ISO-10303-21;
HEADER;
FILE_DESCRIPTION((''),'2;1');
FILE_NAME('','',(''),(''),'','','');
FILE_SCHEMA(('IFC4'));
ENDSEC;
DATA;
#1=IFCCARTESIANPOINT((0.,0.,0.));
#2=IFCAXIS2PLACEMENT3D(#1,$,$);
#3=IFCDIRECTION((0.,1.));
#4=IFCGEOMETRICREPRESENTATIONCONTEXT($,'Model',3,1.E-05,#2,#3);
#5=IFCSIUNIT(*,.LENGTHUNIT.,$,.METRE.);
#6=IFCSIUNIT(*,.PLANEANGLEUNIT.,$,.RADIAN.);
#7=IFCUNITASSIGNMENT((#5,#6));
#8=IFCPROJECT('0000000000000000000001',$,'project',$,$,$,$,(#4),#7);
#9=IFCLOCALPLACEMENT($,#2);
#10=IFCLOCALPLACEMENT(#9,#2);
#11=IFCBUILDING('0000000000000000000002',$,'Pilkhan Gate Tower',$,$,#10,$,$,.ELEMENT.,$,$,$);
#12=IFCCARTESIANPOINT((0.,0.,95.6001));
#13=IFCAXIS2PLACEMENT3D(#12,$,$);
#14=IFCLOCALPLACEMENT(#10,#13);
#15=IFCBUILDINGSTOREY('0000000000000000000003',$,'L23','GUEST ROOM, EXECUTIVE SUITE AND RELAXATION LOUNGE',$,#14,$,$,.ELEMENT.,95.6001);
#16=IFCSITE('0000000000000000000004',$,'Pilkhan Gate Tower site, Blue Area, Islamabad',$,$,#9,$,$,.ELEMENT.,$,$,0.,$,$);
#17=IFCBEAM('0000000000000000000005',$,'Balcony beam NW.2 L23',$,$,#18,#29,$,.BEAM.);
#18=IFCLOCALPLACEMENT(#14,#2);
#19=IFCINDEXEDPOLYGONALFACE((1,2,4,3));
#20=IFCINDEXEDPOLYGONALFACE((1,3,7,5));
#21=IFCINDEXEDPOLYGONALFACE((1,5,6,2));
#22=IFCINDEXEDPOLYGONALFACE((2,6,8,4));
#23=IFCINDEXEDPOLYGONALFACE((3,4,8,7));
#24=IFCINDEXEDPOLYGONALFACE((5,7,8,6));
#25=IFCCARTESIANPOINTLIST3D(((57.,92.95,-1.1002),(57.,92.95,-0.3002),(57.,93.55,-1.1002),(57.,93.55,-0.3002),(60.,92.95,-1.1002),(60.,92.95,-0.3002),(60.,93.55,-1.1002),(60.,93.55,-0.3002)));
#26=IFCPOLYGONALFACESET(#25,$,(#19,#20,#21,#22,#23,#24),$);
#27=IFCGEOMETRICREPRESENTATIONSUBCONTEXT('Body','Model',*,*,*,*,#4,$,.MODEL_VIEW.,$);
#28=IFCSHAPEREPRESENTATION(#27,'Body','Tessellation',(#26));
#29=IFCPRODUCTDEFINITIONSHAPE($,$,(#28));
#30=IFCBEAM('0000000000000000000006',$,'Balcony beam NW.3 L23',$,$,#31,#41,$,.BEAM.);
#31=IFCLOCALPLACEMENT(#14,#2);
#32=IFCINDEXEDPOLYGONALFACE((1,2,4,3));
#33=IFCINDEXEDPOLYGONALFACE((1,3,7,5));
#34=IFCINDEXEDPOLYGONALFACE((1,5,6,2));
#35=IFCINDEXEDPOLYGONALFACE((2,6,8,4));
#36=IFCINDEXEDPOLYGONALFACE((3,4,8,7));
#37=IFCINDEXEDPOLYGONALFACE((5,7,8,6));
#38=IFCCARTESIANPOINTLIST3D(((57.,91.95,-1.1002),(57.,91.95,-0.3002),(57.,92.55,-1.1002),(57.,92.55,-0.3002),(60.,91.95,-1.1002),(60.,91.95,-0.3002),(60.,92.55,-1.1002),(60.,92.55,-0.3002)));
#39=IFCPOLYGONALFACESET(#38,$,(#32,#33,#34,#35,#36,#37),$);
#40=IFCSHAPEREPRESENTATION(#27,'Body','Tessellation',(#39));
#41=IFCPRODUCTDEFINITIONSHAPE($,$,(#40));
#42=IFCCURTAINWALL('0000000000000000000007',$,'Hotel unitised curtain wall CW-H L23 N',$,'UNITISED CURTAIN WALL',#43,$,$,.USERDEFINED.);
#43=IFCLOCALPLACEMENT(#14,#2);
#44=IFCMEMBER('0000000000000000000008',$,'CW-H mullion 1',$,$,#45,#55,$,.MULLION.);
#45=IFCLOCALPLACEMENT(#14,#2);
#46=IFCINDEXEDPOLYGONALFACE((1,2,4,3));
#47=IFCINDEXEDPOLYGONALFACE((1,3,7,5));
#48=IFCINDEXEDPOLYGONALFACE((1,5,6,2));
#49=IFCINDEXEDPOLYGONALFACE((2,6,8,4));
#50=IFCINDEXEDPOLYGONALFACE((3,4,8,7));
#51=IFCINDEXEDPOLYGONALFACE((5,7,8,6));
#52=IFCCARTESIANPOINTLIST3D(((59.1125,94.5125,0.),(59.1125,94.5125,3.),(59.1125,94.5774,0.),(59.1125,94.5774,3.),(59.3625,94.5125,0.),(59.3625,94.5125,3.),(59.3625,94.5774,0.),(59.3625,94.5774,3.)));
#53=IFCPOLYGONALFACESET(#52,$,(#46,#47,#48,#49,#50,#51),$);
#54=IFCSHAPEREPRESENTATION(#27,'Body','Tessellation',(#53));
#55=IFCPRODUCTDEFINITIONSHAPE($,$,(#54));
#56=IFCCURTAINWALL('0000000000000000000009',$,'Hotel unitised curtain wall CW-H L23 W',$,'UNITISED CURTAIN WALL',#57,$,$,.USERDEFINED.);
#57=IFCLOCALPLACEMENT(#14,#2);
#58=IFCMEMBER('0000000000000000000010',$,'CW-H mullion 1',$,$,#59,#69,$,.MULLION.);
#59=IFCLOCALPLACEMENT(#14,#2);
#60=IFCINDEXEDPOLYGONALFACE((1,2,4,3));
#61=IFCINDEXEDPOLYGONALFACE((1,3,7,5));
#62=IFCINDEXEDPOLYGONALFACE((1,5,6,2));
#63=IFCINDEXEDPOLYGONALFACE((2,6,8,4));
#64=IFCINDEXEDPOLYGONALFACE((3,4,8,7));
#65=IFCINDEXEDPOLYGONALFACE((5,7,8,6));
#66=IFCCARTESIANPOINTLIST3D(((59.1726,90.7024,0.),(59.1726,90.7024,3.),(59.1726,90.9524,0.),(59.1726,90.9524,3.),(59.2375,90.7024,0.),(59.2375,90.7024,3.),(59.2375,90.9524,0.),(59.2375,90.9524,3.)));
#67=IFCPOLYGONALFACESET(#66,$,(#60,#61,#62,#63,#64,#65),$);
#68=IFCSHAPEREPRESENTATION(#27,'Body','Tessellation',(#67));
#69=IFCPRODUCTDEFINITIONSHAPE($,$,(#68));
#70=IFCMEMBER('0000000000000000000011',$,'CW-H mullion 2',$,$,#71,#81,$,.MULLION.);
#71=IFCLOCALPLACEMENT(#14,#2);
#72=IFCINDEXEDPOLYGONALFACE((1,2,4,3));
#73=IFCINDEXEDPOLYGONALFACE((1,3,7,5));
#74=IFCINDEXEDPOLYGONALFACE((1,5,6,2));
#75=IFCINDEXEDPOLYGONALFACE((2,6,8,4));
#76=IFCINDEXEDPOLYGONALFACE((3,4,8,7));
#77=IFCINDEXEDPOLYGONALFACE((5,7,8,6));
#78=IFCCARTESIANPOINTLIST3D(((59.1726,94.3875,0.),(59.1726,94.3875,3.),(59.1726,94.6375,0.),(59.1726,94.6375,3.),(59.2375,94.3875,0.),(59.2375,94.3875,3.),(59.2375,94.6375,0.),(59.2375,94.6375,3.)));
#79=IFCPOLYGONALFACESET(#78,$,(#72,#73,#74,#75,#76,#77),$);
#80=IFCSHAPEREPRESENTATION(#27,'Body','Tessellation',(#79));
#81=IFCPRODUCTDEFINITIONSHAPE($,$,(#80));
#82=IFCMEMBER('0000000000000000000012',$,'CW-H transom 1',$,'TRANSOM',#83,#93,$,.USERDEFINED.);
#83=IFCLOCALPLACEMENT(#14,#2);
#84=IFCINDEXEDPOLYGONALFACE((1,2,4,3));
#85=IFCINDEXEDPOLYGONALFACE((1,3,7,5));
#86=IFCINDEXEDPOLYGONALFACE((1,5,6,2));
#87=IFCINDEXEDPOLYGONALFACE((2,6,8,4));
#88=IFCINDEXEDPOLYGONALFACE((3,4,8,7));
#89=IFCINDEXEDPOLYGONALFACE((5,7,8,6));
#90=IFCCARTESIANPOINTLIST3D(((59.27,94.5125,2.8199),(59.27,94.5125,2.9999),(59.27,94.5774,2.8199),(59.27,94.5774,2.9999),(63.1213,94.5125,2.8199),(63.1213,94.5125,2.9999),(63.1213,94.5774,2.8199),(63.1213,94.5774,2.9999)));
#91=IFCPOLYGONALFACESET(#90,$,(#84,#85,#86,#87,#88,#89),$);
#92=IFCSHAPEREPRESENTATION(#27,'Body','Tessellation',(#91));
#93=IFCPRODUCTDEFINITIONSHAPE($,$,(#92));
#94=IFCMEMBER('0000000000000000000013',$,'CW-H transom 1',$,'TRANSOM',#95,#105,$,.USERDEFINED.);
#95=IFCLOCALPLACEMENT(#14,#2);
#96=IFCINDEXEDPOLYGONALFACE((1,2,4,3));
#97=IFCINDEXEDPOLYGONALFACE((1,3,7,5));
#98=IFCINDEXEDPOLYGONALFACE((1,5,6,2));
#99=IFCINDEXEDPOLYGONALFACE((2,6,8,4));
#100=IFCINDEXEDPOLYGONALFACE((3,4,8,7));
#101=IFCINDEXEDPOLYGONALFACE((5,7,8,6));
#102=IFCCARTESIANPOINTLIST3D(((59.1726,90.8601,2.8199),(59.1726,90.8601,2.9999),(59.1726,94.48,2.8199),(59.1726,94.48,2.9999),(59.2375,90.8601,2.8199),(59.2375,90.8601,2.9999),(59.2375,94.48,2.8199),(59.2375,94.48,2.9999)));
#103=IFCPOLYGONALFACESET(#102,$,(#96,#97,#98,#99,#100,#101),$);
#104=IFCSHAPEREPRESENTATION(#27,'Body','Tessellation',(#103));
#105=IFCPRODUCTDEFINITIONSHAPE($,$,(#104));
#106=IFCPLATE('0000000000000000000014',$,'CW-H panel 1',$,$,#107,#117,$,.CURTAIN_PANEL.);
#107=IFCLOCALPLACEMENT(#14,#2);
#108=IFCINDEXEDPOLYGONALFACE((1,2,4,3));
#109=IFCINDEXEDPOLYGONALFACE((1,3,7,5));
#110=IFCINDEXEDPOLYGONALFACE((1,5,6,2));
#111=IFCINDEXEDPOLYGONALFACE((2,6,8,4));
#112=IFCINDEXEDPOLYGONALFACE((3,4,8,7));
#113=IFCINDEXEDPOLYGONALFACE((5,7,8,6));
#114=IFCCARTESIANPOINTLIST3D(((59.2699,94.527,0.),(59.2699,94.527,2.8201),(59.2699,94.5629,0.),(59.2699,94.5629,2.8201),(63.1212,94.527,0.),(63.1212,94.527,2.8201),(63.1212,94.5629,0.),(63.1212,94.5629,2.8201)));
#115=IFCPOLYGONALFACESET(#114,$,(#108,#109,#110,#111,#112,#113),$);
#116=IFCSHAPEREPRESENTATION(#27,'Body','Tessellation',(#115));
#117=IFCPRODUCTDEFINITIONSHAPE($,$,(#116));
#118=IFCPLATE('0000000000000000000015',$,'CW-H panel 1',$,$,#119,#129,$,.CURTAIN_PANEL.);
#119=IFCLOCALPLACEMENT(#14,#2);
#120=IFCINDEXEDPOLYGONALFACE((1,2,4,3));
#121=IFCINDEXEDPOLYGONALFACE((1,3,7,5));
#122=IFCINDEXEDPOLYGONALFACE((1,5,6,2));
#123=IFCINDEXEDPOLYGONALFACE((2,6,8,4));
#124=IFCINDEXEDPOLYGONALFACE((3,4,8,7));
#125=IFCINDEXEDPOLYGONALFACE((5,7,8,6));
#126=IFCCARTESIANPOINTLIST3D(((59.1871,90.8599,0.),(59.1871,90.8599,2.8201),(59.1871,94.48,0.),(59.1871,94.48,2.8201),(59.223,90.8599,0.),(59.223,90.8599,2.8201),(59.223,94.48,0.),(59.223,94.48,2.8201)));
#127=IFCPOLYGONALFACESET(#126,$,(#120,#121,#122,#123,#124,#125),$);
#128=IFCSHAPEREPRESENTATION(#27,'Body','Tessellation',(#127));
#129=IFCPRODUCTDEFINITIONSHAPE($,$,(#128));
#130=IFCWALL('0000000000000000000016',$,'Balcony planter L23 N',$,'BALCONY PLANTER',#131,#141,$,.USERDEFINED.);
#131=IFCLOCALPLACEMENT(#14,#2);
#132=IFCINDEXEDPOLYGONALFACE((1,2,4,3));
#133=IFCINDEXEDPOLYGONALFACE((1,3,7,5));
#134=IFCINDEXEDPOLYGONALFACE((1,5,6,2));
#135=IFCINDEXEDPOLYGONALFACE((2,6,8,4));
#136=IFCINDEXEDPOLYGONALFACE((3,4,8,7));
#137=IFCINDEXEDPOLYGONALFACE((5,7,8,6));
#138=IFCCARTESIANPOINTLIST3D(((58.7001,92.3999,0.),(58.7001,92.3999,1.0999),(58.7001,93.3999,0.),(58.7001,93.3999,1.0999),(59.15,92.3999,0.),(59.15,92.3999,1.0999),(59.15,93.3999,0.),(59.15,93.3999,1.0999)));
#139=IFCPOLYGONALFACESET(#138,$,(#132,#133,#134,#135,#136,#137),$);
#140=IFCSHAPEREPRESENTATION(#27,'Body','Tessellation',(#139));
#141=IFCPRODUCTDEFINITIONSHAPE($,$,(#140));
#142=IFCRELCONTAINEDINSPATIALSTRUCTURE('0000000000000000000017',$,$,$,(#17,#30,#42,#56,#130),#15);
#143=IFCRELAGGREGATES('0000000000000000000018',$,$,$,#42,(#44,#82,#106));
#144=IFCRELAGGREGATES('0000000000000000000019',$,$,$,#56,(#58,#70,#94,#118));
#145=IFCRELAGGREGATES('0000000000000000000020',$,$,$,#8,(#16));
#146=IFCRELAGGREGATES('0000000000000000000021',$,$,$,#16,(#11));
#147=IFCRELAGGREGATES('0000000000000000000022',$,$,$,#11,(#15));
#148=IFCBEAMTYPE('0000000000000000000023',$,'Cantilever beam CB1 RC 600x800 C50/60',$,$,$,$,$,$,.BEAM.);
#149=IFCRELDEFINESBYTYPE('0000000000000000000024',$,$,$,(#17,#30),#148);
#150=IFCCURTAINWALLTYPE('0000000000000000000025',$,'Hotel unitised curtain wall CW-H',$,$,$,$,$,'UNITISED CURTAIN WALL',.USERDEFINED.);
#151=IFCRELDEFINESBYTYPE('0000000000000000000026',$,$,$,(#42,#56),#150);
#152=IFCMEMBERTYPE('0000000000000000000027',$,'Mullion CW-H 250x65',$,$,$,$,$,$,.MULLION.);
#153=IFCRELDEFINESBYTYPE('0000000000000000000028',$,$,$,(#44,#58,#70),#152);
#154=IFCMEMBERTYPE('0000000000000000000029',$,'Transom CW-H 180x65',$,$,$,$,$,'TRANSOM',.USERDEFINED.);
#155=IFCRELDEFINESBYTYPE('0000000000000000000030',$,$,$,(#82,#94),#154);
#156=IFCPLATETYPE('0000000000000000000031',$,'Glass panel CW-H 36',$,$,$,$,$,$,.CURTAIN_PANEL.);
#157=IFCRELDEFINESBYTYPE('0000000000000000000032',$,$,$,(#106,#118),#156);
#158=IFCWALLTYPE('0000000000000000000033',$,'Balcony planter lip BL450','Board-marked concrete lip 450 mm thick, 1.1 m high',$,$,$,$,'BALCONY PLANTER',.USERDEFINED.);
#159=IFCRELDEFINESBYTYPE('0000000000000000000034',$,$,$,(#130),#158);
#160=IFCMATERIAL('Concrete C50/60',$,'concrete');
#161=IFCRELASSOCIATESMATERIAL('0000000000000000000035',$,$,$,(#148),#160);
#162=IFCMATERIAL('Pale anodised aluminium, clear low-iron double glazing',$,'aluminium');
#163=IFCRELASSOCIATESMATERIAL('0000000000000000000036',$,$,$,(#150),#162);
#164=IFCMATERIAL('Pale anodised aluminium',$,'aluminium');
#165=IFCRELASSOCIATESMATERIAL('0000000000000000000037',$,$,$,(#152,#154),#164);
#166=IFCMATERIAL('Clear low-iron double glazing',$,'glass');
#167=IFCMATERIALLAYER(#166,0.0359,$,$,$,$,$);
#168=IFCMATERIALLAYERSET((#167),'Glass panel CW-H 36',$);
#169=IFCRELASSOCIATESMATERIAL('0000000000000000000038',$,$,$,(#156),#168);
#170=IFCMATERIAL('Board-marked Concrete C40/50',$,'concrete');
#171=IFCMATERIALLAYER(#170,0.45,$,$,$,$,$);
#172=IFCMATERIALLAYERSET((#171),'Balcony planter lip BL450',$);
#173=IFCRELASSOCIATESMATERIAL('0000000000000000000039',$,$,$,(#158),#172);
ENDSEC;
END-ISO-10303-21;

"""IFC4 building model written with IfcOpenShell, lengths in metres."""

from ifc_helpers import new_model, si_unit, direction, frame, frame_2d, origin, origin_2d, place, context, subcontext, project, spatial, rectangle, extrude, material, layer, layer_set, material_profile, profile_set, type_object, element, aggregate, save


model = new_model("IFC4")

# Units and contexts
model_context = context("Model", 3, precision=1e-05, world=origin(), true_north=direction((0.0, 1.0)))
body_context = subcontext(model_context, "Body", "Model", "MODEL_VIEW")
ifc_project = project(units=[si_unit("LENGTHUNIT", "METRE"), si_unit("PLANEANGLEUNIT", "RADIAN")], contexts=[model_context])

# Site, building, storey
site_placement = place(None, origin())
site = spatial("IfcSite", under=ifc_project, at=site_placement, Name="Pilkhan Gate Tower site, Blue Area, Islamabad", CompositionType="ELEMENT", RefElevation=0.0)
building_placement = place(site_placement, origin())
building = spatial("IfcBuilding", under=site, at=building_placement, Name="Pilkhan Gate Tower", CompositionType="ELEMENT")
storey_placement = place(building_placement, frame((0.0, 0.0, 95.6001)))
storey = spatial("IfcBuildingStorey", under=building, at=storey_placement, Name="L23", Description="GUEST ROOM, EXECUTIVE SUITE AND RELAXATION LOUNGE", CompositionType="ELEMENT", Elevation=95.6001)

# Beams
ifc_material_1 = material(Name="Concrete C50/60", Category="concrete")
ifc_material_profile_1 = material_profile(ifc_material_1, rectangle(XDim=0.6001, YDim=0.8, at=origin_2d()), Name="RC 600x800")
ifc_profile_set_1 = profile_set([ifc_material_profile_1], Name="Concrete C50/60")
beam_type = type_object("IfcBeamType", Name="Cantilever beam CB1 RC 600x800 C50/60", PredefinedType="BEAM", material=ifc_profile_set_1)
for number, where, z_axis, x_axis, name in (
    (1, (60.0, 93.25, -0.7002), (-1.0, 0.0, 0.0), (0.0, -1.0, 0.0), "Balcony beam NW.2 L23"),
    (2, (60.0, 92.25, -0.7002), (-1.0, 0.0, 0.0), (0.0, -1.0, 0.0), "Balcony beam NW.3 L23"),
):
    element("IfcBeam", number, at=place(storey_placement, frame(where, z_axis=z_axis, x_axis=x_axis)), inside=storey, type_object=beam_type, Name=name, PredefinedType="BEAM", context=body_context, shape_type="SweptSolid", body=[
        extrude(rectangle(XDim=0.6001, YDim=0.8, at=origin_2d()), origin(), (0.0, 0.0, 1.0), 3.0),
    ])

# Curtain wall, member
ifc_material_2 = material(Name="Pale anodised aluminium, clear low-iron double glazing", Category="aluminium")
curtain_wall_type = type_object("IfcCurtainWallType", Name="Hotel unitised curtain wall CW-H", ElementType="UNITISED CURTAIN WALL", PredefinedType="USERDEFINED", material=ifc_material_2)
curtain_wall_1_placement = place(storey_placement, origin())
curtain_wall_1 = element("IfcCurtainWall", 3, at=curtain_wall_1_placement, inside=storey, type_object=curtain_wall_type, Name="Hotel unitised curtain wall CW-H L23 N", ObjectType="UNITISED CURTAIN WALL", PredefinedType="USERDEFINED")
ifc_material_3 = material(Name="Pale anodised aluminium", Category="aluminium")
ifc_material_profile_2 = material_profile(ifc_material_3, rectangle(XDim=0.0649, YDim=0.25, at=origin_2d()), Name="Mullion 250x65")
ifc_profile_set_2 = profile_set([ifc_material_profile_2], Name="Pale anodised aluminium")
member_type_1 = type_object("IfcMemberType", Name="Mullion CW-H 250x65", PredefinedType="MULLION", material=ifc_profile_set_2)
member_1_placement = place(storey_placement, frame((59.2375, 94.5449, 0.0), z_axis=(0.0, 0.0, 1.0), x_axis=(0.0, 1.0, 0.0)))
member_1 = element("IfcMember", 4, at=member_1_placement, type_object=member_type_1, Name="CW-H mullion 1", PredefinedType="MULLION", context=body_context, shape_type="SweptSolid", body=[
    extrude(rectangle(XDim=0.0649, YDim=0.25, at=origin_2d()), origin(), (0.0, 0.0, 1.0), 3.0),
])

# Curtain wall, members
curtain_wall_2_placement = place(storey_placement, origin())
curtain_wall_2 = element("IfcCurtainWall", 5, at=curtain_wall_2_placement, inside=storey, type_object=curtain_wall_type, Name="Hotel unitised curtain wall CW-H L23 W", ObjectType="UNITISED CURTAIN WALL", PredefinedType="USERDEFINED")
member_2_placement = place(storey_placement, frame((59.2051, 90.8274, 0.0), z_axis=(0.0, 0.0, 1.0), x_axis=(-1.0, 0.0, 0.0)))
member_2 = element("IfcMember", 6, at=member_2_placement, type_object=member_type_1, Name="CW-H mullion 1", PredefinedType="MULLION", context=body_context, shape_type="SweptSolid", body=[
    extrude(rectangle(XDim=0.0649, YDim=0.25, at=origin_2d()), origin(), (0.0, 0.0, 1.0), 3.0),
])
member_3_placement = place(storey_placement, frame((59.2051, 94.5125, 0.0), z_axis=(0.0, 0.0, 1.0), x_axis=(-1.0, 0.0, 0.0)))
member_3 = element("IfcMember", 7, at=member_3_placement, type_object=member_type_1, Name="CW-H mullion 2", PredefinedType="MULLION", context=body_context, shape_type="SweptSolid", body=[
    extrude(rectangle(XDim=0.0649, YDim=0.25, at=origin_2d()), origin(), (0.0, 0.0, 1.0), 3.0),
])

# Members
ifc_material_profile_3 = material_profile(ifc_material_3, rectangle(XDim=0.0649, YDim=0.1799, at=origin_2d()), Name="Transom 180x65")
ifc_profile_set_3 = profile_set([ifc_material_profile_3], Name="Pale anodised aluminium")
member_type_2 = type_object("IfcMemberType", Name="Transom CW-H 180x65", ElementType="TRANSOM", PredefinedType="USERDEFINED", material=ifc_profile_set_3)
member_4_placement = place(storey_placement, frame((59.27, 94.5449, 2.9099), z_axis=(1.0, 0.0, 0.0), x_axis=(0.0, 1.0, 0.0)))
member_4 = element("IfcMember", 8, at=member_4_placement, type_object=member_type_2, Name="CW-H transom 1", ObjectType="TRANSOM", PredefinedType="USERDEFINED", context=body_context, shape_type="SweptSolid", body=[
    extrude(rectangle(XDim=0.0649, YDim=0.1799, at=origin_2d()), origin(), (0.0, 0.0, 1.0), 3.8513),
])
member_5_placement = place(storey_placement, frame((59.2051, 90.8601, 2.9099), z_axis=(0.0, 1.0, 0.0), x_axis=(-1.0, 0.0, 0.0)))
member_5 = element("IfcMember", 9, at=member_5_placement, type_object=member_type_2, Name="CW-H transom 1", ObjectType="TRANSOM", PredefinedType="USERDEFINED", context=body_context, shape_type="SweptSolid", body=[
    extrude(rectangle(XDim=0.0649, YDim=0.1799, at=origin_2d()), origin(), (0.0, 0.0, 1.0), 3.6199),
])

# Plates
ifc_material_4 = material(Name="Clear low-iron double glazing", Category="glass")
ifc_layer_1 = layer(ifc_material_4, 0.0359)
ifc_layer_set_1 = layer_set([ifc_layer_1], Name="Glass panel CW-H 36")
plate_type = type_object("IfcPlateType", Name="Glass panel CW-H 36", PredefinedType="CURTAIN_PANEL", material=ifc_layer_set_1)
plate_1_placement = place(storey_placement, frame((61.1956, 94.5449, 0.0), z_axis=(0.0, 0.0, 1.0), x_axis=(1.0, 0.0, 0.0)))
plate_1 = element("IfcPlate", 10, at=plate_1_placement, type_object=plate_type, Name="CW-H panel 1", PredefinedType="CURTAIN_PANEL", context=body_context, shape_type="SweptSolid", body=[
    extrude(rectangle(XDim=3.8513, YDim=0.0359, at=origin_2d()), origin(), (0.0, 0.0, 1.0), 2.8201),
])
aggregate(curtain_wall_1, [member_1, member_4, plate_1])
plate_2_placement = place(storey_placement, frame((59.2051, 92.6699, 0.0), z_axis=(0.0, 0.0, 1.0), x_axis=(0.0, 1.0, 0.0)))
plate_2 = element("IfcPlate", 11, at=plate_2_placement, type_object=plate_type, Name="CW-H panel 1", PredefinedType="CURTAIN_PANEL", context=body_context, shape_type="SweptSolid", body=[
    extrude(rectangle(XDim=3.6201, YDim=0.0359, at=origin_2d()), origin(), (0.0, 0.0, 1.0), 2.8201),
])
aggregate(curtain_wall_2, [member_2, member_3, member_5, plate_2])

# Wall
ifc_material_5 = material(Name="Board-marked Concrete C40/50", Category="concrete")
ifc_layer_2 = layer(ifc_material_5, 0.45)
ifc_layer_set_2 = layer_set([ifc_layer_2], Name="Balcony planter lip BL450")
wall_type_1 = type_object("IfcWallType", Name="Balcony planter lip BL450", Description="Board-marked concrete lip 450 mm thick, 1.1 m high", ElementType="BALCONY PLANTER", PredefinedType="USERDEFINED", material=ifc_layer_set_2)
wall_1_placement = place(storey_placement, frame((58.925, 92.3999, 0.0), z_axis=(0.0, 0.0, 1.0), x_axis=(0.0, 1.0, 0.0)))
element("IfcWall", 12, at=wall_1_placement, inside=storey, type_object=wall_type_1, Name="Balcony planter L23 N", ObjectType="BALCONY PLANTER", PredefinedType="USERDEFINED", context=body_context, shape_type="SweptSolid", body=[
    extrude(rectangle(XDim=1.0, YDim=0.45, at=frame_2d((0.5, 0.0))), origin(), (0.0, 0.0, 1.0), 1.0999),
])

save(model, "model.ifc")
